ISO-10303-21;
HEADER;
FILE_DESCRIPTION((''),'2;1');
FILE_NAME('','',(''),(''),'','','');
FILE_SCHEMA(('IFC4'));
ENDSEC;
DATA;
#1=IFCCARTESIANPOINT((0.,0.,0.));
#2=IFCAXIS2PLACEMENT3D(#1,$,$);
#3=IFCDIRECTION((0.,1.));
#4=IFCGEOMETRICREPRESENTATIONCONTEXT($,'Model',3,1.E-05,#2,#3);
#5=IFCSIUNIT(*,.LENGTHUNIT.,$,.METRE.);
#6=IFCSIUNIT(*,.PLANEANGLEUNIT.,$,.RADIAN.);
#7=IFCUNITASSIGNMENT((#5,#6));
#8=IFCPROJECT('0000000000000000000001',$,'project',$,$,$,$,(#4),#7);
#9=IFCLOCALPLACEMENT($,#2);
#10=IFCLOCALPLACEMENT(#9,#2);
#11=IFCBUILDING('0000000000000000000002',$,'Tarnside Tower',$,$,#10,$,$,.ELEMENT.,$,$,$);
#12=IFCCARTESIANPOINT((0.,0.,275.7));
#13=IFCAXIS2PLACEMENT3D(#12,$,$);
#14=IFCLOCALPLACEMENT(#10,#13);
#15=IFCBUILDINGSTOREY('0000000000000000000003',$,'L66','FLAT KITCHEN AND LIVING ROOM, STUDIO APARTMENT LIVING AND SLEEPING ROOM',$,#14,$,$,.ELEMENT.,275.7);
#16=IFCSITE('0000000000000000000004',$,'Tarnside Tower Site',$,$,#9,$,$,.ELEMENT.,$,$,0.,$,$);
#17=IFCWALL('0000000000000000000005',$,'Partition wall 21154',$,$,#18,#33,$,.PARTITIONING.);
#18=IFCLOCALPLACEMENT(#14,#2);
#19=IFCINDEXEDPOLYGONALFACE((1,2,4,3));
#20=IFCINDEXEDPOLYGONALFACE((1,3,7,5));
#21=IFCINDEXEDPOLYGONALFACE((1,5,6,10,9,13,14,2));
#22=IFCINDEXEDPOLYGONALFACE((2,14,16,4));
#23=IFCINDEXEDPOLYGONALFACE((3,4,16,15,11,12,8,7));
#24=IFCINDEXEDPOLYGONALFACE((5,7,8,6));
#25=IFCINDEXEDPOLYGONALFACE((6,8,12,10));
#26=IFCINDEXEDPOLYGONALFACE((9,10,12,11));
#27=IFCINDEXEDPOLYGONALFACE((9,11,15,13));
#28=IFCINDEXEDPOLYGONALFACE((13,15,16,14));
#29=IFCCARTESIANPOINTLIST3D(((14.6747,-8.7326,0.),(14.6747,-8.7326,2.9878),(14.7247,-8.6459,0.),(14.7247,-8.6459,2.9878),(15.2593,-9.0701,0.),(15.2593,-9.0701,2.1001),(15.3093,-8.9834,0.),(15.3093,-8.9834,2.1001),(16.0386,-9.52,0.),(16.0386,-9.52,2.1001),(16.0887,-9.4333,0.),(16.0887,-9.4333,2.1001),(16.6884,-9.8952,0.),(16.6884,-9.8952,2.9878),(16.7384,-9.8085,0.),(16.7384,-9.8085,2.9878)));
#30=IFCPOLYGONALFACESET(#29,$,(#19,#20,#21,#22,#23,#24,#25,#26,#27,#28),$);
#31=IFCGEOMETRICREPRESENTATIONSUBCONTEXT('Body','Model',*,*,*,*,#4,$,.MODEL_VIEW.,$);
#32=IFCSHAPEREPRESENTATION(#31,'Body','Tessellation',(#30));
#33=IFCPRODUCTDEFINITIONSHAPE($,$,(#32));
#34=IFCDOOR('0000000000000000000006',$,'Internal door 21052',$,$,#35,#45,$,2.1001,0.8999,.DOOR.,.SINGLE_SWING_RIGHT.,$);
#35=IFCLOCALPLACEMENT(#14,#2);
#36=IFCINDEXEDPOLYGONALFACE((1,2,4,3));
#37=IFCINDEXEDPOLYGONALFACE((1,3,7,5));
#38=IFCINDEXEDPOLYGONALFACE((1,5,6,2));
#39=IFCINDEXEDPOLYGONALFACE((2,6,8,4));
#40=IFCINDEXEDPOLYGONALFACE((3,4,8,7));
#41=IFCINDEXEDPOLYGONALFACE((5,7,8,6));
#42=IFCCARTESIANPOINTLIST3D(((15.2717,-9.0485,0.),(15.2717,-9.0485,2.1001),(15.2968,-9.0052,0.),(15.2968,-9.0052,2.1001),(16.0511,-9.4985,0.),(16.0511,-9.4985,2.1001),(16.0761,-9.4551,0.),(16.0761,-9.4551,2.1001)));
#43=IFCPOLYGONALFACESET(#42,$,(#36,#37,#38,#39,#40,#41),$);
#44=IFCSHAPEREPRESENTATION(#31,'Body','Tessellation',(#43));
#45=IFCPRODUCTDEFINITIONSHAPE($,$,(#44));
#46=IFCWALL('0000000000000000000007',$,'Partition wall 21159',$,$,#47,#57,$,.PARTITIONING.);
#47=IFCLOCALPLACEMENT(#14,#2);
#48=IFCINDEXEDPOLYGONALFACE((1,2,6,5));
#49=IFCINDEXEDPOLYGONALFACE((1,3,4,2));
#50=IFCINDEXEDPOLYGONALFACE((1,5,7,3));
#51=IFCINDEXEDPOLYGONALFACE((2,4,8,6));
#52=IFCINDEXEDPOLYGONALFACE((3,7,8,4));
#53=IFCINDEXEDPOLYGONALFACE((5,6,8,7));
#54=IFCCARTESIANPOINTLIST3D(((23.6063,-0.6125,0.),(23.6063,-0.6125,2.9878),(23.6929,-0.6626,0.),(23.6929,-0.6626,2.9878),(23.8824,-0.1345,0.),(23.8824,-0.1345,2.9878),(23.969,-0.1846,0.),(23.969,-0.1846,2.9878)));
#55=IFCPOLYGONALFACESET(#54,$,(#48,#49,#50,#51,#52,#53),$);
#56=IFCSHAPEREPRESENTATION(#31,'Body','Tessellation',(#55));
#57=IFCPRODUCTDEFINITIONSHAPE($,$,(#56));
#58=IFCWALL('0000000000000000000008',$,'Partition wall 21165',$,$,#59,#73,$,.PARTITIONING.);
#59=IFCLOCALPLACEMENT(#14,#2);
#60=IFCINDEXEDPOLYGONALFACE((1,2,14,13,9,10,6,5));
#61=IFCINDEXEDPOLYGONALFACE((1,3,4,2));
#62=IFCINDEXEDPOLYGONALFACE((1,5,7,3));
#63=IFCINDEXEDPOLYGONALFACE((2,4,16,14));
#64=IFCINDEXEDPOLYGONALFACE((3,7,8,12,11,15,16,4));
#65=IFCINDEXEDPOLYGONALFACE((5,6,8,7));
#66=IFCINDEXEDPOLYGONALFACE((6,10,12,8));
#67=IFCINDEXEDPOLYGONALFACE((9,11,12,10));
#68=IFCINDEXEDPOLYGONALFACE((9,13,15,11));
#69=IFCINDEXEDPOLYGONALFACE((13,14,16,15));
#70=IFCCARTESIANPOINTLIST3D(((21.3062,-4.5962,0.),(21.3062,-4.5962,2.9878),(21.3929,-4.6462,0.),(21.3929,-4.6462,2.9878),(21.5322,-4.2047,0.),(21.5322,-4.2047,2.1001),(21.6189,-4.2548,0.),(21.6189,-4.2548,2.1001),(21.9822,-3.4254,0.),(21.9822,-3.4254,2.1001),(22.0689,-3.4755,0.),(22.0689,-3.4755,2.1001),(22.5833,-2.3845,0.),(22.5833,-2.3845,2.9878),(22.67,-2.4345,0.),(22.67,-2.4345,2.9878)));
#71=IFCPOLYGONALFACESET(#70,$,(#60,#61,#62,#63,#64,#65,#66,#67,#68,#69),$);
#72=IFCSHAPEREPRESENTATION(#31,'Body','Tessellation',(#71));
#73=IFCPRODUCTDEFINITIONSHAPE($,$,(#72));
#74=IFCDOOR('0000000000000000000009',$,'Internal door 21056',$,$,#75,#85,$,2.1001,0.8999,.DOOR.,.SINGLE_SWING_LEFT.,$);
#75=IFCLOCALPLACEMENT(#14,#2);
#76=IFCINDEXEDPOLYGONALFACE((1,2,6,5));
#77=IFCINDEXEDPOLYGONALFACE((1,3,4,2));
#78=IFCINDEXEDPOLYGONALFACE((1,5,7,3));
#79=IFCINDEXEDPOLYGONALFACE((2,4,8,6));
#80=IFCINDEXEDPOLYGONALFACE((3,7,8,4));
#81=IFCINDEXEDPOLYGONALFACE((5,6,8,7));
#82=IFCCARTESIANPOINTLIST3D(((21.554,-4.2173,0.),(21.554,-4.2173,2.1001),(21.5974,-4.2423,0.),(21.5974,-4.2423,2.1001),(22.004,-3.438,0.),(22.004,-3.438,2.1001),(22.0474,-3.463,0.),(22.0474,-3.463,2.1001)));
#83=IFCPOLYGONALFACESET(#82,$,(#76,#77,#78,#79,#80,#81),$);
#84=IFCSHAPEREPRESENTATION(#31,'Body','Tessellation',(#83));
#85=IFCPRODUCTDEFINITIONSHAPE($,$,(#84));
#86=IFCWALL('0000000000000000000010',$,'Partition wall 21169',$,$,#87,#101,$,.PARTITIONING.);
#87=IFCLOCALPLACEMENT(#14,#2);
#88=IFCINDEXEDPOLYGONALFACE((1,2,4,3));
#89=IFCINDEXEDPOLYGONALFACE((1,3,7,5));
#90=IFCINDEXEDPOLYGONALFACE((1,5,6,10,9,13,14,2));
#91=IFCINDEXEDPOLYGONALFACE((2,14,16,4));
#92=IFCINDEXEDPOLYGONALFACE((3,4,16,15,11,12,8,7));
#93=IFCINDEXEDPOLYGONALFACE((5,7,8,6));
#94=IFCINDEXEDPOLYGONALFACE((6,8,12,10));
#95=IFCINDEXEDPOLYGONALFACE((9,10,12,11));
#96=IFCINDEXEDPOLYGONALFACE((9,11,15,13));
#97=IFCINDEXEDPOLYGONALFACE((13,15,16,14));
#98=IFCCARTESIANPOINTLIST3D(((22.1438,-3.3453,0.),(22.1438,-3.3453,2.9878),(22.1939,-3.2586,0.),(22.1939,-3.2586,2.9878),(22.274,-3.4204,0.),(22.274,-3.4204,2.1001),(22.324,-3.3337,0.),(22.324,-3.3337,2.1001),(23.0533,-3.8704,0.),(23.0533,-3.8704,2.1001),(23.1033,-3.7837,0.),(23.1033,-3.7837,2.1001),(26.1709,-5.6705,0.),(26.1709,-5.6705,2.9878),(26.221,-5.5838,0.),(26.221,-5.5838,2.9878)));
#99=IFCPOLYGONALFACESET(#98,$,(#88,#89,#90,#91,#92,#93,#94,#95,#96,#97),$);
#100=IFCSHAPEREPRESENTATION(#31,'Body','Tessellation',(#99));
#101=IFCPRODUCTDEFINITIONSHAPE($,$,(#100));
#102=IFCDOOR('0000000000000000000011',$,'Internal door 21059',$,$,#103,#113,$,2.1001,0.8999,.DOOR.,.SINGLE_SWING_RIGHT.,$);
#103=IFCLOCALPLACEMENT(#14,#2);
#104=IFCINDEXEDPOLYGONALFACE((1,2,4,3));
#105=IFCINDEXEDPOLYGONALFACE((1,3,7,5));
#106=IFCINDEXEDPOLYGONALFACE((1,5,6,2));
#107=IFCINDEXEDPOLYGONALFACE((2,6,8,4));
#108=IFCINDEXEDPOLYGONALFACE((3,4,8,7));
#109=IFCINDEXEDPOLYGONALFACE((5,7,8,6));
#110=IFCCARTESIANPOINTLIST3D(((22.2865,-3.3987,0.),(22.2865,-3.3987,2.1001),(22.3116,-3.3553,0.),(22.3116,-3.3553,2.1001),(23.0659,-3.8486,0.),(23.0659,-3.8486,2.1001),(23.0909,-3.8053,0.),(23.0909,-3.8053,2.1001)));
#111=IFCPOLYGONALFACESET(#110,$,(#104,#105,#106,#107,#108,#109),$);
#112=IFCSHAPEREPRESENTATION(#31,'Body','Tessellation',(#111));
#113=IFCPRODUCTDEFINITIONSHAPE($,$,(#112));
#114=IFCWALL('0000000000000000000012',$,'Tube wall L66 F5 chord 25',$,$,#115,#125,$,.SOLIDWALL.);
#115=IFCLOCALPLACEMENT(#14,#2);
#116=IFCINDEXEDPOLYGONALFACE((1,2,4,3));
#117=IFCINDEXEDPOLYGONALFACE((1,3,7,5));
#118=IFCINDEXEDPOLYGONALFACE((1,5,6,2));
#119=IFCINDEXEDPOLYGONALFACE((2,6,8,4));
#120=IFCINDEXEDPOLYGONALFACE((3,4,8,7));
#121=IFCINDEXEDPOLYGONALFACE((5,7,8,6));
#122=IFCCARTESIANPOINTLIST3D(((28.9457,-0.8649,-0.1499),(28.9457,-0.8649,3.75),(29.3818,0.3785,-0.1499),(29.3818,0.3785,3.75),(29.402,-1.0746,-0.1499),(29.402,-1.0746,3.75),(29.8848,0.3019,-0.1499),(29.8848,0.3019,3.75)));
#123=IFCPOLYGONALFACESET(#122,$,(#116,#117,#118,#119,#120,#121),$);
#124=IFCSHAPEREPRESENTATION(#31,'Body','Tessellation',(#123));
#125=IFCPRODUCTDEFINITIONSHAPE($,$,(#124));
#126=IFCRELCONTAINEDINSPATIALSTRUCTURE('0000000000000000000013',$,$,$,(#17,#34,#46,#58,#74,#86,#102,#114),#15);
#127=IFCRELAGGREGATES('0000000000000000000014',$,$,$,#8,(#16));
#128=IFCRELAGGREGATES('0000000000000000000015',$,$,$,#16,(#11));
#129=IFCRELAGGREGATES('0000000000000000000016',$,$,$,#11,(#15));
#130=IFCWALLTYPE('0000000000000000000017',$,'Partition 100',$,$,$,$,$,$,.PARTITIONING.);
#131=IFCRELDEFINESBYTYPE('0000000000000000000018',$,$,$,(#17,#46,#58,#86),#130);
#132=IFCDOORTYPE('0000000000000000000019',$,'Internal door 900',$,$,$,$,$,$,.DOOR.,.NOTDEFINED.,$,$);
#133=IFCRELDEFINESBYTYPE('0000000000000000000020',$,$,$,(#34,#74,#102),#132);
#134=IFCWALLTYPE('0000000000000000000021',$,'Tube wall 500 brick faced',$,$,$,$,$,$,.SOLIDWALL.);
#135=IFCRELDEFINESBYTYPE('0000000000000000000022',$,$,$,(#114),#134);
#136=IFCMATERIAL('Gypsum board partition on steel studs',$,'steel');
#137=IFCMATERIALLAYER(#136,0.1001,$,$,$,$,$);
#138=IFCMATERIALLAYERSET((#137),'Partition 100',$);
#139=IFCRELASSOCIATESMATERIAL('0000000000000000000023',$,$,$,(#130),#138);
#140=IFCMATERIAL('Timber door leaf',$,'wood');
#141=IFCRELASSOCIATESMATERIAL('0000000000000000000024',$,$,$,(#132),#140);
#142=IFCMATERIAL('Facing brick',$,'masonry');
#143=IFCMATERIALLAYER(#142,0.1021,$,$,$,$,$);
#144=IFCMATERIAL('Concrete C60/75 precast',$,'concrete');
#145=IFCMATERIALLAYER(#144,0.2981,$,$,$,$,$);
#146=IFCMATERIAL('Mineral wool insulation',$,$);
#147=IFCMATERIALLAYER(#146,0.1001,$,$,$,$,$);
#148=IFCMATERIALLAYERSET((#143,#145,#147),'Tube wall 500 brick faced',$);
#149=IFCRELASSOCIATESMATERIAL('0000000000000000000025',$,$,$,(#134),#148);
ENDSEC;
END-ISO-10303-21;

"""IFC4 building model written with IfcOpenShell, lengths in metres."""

from ifc_helpers import new_model, si_unit, direction, frame, frame_2d, origin, place, context, subcontext, project, spatial, polyline, rectangle, outline, extrude, material, layer, layer_set, type_object, element, fill, save


model = new_model("IFC4")

# Units and contexts
model_context = context("Model", 3, precision=1e-05, world=origin(), true_north=direction((0.0, 1.0)))
body_context = subcontext(model_context, "Body", "Model", "MODEL_VIEW")
ifc_project = project(units=[si_unit("LENGTHUNIT", "METRE"), si_unit("PLANEANGLEUNIT", "RADIAN")], contexts=[model_context])

# Site, building, storey
site_placement = place(None, origin())
site = spatial("IfcSite", under=ifc_project, at=site_placement, Name="Tarnside Tower Site", CompositionType="ELEMENT", RefElevation=0.0)
building_placement = place(site_placement, origin())
building = spatial("IfcBuilding", under=site, at=building_placement, Name="Tarnside Tower", CompositionType="ELEMENT")
storey_placement = place(building_placement, frame((0.0, 0.0, 275.7)))
storey = spatial("IfcBuildingStorey", under=building, at=storey_placement, Name="L66", Description="FLAT KITCHEN AND LIVING ROOM, STUDIO APARTMENT LIVING AND SLEEPING ROOM", CompositionType="ELEMENT", Elevation=275.7)

# Shared definitions
ifc_material_1 = material(Name="Gypsum board partition on steel studs", Category="steel")

# Shared definitions
ifc_material_2 = material(Name="Timber door leaf", Category="wood")

# Wall, opening, door
ifc_layer_1 = layer(ifc_material_1, 0.1001)
ifc_layer_set_1 = layer_set([ifc_layer_1], Name="Partition 100")
wall_type_1 = type_object("IfcWallType", Name="Partition 100", PredefinedType="PARTITIONING", material=ifc_layer_set_1)
wall_1_placement = place(storey_placement, frame((14.6997, -8.6892, 0.0), z_axis=(0.0, 0.0, 1.0), x_axis=(0.866025, -0.500001, 0.0)))
wall_1 = element("IfcWall", 1, at=wall_1_placement, inside=storey, type_object=wall_type_1, Name="Partition wall 21154", PredefinedType="PARTITIONING", context=body_context, shape_type="SweptSolid", body=[
    extrude(rectangle(XDim=2.3252, YDim=0.1001, at=frame_2d((1.1626, 0.0))), origin(), (0.0, 0.0, 1.0), 2.9878),
])
opening_1_placement = place(wall_1_placement, frame((0.675, 0.0, 0.0)))
opening_1 = element("IfcOpeningElement", 2, at=opening_1_placement, cuts=wall_1, PredefinedType="OPENING", context=body_context, shape_type="SweptSolid", body=[
    extrude(rectangle(XDim=0.8999, YDim=2.1001, at=frame_2d((0.45, 1.05))), frame((0.0, 0.0601, 0.0), z_axis=(0.0, -1.0, 0.0), x_axis=(1.0, 0.0, 0.0)), (0.0, 0.0, 1.0), 0.1201),
])
door_type_1 = type_object("IfcDoorType", Name="Internal door 900", OperationType="NOTDEFINED", PredefinedType="DOOR", material=ifc_material_2)
door_1_placement = place(opening_1_placement, origin())
door_1 = element("IfcDoor", 3, at=door_1_placement, inside=storey, type_object=door_type_1, Name="Internal door 21052", OperationType="SINGLE_SWING_RIGHT", OverallHeight=2.1001, OverallWidth=0.8999, PredefinedType="DOOR", context=body_context, shape_type="SweptSolid", body=[
    extrude(rectangle(XDim=0.8999, YDim=2.1001, at=frame_2d((0.45, 1.05))), frame((0.0, 0.0249, 0.0), z_axis=(0.0, -1.0, 0.0), x_axis=(1.0, 0.0, 0.0)), (0.0, 0.0, 1.0), 0.05),
])
fill(opening_1, door_1)

# Wall
wall_2_placement = place(storey_placement, frame((23.6497, -0.6375, 0.0), z_axis=(0.0, 0.0, 1.0), x_axis=(0.500182, 0.86592, 0.0)))
element("IfcWall", 4, at=wall_2_placement, inside=storey, type_object=wall_type_1, Name="Partition wall 21159", PredefinedType="PARTITIONING", context=body_context, shape_type="SweptSolid", body=[
    extrude(rectangle(XDim=0.552, YDim=0.1001, at=frame_2d((0.2759, 0.0))), origin(), (0.0, 0.0, 1.0), 2.9878),
])

# Walls, openings, doors
wall_3_placement = place(storey_placement, frame((21.3496, -4.6211, 0.0), z_axis=(0.0, 0.0, 1.0), x_axis=(0.500056, 0.865993, 0.0)))
wall_3 = element("IfcWall", 5, at=wall_3_placement, inside=storey, type_object=wall_type_1, Name="Partition wall 21165", PredefinedType="PARTITIONING", context=body_context, shape_type="SweptSolid", body=[
    extrude(rectangle(XDim=2.554, YDim=0.1001, at=frame_2d((1.2769, 0.0))), origin(), (0.0, 0.0, 1.0), 2.9878),
])
opening_2_placement = place(wall_3_placement, frame((0.4519, 0.0, 0.0)))
opening_2 = element("IfcOpeningElement", 6, at=opening_2_placement, cuts=wall_3, PredefinedType="OPENING", context=body_context, shape_type="SweptSolid", body=[
    extrude(rectangle(XDim=0.8999, YDim=2.1001, at=frame_2d((0.45, 1.05))), frame((0.0, 0.0601, 0.0), z_axis=(0.0, -1.0, 0.0), x_axis=(1.0, 0.0, 0.0)), (0.0, 0.0, 1.0), 0.1201),
])
door_2_placement = place(opening_2_placement, origin())
door_2 = element("IfcDoor", 7, at=door_2_placement, inside=storey, type_object=door_type_1, Name="Internal door 21056", OperationType="SINGLE_SWING_LEFT", OverallHeight=2.1001, OverallWidth=0.8999, PredefinedType="DOOR", context=body_context, shape_type="SweptSolid", body=[
    extrude(rectangle(XDim=0.8999, YDim=2.1001, at=frame_2d((0.45, 1.05))), frame((0.0, 0.0249, 0.0), z_axis=(0.0, -1.0, 0.0), x_axis=(1.0, 0.0, 0.0)), (0.0, 0.0, 1.0), 0.05),
])
fill(opening_2, door_2)
wall_4_placement = place(storey_placement, frame((26.196, -5.6272, 0.0), z_axis=(0.0, 0.0, 1.0), x_axis=(-0.866012, 0.500024, 0.0)))
wall_4 = element("IfcWall", 8, at=wall_4_placement, inside=storey, type_object=wall_type_1, Name="Partition wall 21169", PredefinedType="PARTITIONING", context=body_context, shape_type="SweptSolid", body=[
    extrude(rectangle(XDim=4.6501, YDim=0.1001, at=frame_2d((2.3252, 0.0))), origin(), (0.0, 0.0, 1.0), 2.9878),
])
opening_3_placement = place(wall_4_placement, frame((3.6001, 0.0, 0.0)))
opening_3 = element("IfcOpeningElement", 9, at=opening_3_placement, cuts=wall_4, PredefinedType="OPENING", context=body_context, shape_type="SweptSolid", body=[
    extrude(rectangle(XDim=0.8999, YDim=2.1001, at=frame_2d((0.45, 1.05))), frame((0.0, 0.0601, 0.0), z_axis=(0.0, -1.0, 0.0), x_axis=(1.0, 0.0, 0.0)), (0.0, 0.0, 1.0), 0.1201),
])
door_3_placement = place(opening_3_placement, origin())
door_3 = element("IfcDoor", 10, at=door_3_placement, inside=storey, type_object=door_type_1, Name="Internal door 21059", OperationType="SINGLE_SWING_RIGHT", OverallHeight=2.1001, OverallWidth=0.8999, PredefinedType="DOOR", context=body_context, shape_type="SweptSolid", body=[
    extrude(rectangle(XDim=0.8999, YDim=2.1001, at=frame_2d((0.45, 1.05))), frame((0.0, 0.0249, 0.0), z_axis=(0.0, -1.0, 0.0), x_axis=(1.0, 0.0, 0.0)), (0.0, 0.0, 1.0), 0.05),
])
fill(opening_3, door_3)

# Wall
ifc_material_3 = material(Name="Facing brick", Category="masonry")
ifc_layer_2 = layer(ifc_material_3, 0.1021)
ifc_material_4 = material(Name="Concrete C60/75 precast", Category="concrete")
ifc_layer_3 = layer(ifc_material_4, 0.2981)
ifc_material_5 = material(Name="Mineral wool insulation")
ifc_layer_4 = layer(ifc_material_5, 0.1001)
ifc_layer_set_2 = layer_set([ifc_layer_2, ifc_layer_3, ifc_layer_4], Name="Tube wall 500 brick faced")
wall_type_2 = type_object("IfcWallType", Name="Tube wall 500 brick faced", PredefinedType="SOLIDWALL", material=ifc_layer_set_2)
wall_5_placement = place(storey_placement, frame((29.1738, -0.9697, -0.1499), z_axis=(0.0, 0.0, 1.0), x_axis=(0.330961, 0.943644, 0.0)))
element("IfcWall", 11, at=wall_5_placement, inside=storey, type_object=wall_type_2, Name="Tube wall L66 F5 chord 25", PredefinedType="SOLIDWALL", context=body_context, shape_type="SweptSolid", body=[
    extrude(outline(polyline([(-0.0234, -0.25), (1.4353, -0.25), (1.3411, 0.25), (0.0234, 0.25), (-0.0234, -0.25)])), origin(), (0.0, 0.0, 1.0), 3.8999),
])

save(model, "model.ifc")
